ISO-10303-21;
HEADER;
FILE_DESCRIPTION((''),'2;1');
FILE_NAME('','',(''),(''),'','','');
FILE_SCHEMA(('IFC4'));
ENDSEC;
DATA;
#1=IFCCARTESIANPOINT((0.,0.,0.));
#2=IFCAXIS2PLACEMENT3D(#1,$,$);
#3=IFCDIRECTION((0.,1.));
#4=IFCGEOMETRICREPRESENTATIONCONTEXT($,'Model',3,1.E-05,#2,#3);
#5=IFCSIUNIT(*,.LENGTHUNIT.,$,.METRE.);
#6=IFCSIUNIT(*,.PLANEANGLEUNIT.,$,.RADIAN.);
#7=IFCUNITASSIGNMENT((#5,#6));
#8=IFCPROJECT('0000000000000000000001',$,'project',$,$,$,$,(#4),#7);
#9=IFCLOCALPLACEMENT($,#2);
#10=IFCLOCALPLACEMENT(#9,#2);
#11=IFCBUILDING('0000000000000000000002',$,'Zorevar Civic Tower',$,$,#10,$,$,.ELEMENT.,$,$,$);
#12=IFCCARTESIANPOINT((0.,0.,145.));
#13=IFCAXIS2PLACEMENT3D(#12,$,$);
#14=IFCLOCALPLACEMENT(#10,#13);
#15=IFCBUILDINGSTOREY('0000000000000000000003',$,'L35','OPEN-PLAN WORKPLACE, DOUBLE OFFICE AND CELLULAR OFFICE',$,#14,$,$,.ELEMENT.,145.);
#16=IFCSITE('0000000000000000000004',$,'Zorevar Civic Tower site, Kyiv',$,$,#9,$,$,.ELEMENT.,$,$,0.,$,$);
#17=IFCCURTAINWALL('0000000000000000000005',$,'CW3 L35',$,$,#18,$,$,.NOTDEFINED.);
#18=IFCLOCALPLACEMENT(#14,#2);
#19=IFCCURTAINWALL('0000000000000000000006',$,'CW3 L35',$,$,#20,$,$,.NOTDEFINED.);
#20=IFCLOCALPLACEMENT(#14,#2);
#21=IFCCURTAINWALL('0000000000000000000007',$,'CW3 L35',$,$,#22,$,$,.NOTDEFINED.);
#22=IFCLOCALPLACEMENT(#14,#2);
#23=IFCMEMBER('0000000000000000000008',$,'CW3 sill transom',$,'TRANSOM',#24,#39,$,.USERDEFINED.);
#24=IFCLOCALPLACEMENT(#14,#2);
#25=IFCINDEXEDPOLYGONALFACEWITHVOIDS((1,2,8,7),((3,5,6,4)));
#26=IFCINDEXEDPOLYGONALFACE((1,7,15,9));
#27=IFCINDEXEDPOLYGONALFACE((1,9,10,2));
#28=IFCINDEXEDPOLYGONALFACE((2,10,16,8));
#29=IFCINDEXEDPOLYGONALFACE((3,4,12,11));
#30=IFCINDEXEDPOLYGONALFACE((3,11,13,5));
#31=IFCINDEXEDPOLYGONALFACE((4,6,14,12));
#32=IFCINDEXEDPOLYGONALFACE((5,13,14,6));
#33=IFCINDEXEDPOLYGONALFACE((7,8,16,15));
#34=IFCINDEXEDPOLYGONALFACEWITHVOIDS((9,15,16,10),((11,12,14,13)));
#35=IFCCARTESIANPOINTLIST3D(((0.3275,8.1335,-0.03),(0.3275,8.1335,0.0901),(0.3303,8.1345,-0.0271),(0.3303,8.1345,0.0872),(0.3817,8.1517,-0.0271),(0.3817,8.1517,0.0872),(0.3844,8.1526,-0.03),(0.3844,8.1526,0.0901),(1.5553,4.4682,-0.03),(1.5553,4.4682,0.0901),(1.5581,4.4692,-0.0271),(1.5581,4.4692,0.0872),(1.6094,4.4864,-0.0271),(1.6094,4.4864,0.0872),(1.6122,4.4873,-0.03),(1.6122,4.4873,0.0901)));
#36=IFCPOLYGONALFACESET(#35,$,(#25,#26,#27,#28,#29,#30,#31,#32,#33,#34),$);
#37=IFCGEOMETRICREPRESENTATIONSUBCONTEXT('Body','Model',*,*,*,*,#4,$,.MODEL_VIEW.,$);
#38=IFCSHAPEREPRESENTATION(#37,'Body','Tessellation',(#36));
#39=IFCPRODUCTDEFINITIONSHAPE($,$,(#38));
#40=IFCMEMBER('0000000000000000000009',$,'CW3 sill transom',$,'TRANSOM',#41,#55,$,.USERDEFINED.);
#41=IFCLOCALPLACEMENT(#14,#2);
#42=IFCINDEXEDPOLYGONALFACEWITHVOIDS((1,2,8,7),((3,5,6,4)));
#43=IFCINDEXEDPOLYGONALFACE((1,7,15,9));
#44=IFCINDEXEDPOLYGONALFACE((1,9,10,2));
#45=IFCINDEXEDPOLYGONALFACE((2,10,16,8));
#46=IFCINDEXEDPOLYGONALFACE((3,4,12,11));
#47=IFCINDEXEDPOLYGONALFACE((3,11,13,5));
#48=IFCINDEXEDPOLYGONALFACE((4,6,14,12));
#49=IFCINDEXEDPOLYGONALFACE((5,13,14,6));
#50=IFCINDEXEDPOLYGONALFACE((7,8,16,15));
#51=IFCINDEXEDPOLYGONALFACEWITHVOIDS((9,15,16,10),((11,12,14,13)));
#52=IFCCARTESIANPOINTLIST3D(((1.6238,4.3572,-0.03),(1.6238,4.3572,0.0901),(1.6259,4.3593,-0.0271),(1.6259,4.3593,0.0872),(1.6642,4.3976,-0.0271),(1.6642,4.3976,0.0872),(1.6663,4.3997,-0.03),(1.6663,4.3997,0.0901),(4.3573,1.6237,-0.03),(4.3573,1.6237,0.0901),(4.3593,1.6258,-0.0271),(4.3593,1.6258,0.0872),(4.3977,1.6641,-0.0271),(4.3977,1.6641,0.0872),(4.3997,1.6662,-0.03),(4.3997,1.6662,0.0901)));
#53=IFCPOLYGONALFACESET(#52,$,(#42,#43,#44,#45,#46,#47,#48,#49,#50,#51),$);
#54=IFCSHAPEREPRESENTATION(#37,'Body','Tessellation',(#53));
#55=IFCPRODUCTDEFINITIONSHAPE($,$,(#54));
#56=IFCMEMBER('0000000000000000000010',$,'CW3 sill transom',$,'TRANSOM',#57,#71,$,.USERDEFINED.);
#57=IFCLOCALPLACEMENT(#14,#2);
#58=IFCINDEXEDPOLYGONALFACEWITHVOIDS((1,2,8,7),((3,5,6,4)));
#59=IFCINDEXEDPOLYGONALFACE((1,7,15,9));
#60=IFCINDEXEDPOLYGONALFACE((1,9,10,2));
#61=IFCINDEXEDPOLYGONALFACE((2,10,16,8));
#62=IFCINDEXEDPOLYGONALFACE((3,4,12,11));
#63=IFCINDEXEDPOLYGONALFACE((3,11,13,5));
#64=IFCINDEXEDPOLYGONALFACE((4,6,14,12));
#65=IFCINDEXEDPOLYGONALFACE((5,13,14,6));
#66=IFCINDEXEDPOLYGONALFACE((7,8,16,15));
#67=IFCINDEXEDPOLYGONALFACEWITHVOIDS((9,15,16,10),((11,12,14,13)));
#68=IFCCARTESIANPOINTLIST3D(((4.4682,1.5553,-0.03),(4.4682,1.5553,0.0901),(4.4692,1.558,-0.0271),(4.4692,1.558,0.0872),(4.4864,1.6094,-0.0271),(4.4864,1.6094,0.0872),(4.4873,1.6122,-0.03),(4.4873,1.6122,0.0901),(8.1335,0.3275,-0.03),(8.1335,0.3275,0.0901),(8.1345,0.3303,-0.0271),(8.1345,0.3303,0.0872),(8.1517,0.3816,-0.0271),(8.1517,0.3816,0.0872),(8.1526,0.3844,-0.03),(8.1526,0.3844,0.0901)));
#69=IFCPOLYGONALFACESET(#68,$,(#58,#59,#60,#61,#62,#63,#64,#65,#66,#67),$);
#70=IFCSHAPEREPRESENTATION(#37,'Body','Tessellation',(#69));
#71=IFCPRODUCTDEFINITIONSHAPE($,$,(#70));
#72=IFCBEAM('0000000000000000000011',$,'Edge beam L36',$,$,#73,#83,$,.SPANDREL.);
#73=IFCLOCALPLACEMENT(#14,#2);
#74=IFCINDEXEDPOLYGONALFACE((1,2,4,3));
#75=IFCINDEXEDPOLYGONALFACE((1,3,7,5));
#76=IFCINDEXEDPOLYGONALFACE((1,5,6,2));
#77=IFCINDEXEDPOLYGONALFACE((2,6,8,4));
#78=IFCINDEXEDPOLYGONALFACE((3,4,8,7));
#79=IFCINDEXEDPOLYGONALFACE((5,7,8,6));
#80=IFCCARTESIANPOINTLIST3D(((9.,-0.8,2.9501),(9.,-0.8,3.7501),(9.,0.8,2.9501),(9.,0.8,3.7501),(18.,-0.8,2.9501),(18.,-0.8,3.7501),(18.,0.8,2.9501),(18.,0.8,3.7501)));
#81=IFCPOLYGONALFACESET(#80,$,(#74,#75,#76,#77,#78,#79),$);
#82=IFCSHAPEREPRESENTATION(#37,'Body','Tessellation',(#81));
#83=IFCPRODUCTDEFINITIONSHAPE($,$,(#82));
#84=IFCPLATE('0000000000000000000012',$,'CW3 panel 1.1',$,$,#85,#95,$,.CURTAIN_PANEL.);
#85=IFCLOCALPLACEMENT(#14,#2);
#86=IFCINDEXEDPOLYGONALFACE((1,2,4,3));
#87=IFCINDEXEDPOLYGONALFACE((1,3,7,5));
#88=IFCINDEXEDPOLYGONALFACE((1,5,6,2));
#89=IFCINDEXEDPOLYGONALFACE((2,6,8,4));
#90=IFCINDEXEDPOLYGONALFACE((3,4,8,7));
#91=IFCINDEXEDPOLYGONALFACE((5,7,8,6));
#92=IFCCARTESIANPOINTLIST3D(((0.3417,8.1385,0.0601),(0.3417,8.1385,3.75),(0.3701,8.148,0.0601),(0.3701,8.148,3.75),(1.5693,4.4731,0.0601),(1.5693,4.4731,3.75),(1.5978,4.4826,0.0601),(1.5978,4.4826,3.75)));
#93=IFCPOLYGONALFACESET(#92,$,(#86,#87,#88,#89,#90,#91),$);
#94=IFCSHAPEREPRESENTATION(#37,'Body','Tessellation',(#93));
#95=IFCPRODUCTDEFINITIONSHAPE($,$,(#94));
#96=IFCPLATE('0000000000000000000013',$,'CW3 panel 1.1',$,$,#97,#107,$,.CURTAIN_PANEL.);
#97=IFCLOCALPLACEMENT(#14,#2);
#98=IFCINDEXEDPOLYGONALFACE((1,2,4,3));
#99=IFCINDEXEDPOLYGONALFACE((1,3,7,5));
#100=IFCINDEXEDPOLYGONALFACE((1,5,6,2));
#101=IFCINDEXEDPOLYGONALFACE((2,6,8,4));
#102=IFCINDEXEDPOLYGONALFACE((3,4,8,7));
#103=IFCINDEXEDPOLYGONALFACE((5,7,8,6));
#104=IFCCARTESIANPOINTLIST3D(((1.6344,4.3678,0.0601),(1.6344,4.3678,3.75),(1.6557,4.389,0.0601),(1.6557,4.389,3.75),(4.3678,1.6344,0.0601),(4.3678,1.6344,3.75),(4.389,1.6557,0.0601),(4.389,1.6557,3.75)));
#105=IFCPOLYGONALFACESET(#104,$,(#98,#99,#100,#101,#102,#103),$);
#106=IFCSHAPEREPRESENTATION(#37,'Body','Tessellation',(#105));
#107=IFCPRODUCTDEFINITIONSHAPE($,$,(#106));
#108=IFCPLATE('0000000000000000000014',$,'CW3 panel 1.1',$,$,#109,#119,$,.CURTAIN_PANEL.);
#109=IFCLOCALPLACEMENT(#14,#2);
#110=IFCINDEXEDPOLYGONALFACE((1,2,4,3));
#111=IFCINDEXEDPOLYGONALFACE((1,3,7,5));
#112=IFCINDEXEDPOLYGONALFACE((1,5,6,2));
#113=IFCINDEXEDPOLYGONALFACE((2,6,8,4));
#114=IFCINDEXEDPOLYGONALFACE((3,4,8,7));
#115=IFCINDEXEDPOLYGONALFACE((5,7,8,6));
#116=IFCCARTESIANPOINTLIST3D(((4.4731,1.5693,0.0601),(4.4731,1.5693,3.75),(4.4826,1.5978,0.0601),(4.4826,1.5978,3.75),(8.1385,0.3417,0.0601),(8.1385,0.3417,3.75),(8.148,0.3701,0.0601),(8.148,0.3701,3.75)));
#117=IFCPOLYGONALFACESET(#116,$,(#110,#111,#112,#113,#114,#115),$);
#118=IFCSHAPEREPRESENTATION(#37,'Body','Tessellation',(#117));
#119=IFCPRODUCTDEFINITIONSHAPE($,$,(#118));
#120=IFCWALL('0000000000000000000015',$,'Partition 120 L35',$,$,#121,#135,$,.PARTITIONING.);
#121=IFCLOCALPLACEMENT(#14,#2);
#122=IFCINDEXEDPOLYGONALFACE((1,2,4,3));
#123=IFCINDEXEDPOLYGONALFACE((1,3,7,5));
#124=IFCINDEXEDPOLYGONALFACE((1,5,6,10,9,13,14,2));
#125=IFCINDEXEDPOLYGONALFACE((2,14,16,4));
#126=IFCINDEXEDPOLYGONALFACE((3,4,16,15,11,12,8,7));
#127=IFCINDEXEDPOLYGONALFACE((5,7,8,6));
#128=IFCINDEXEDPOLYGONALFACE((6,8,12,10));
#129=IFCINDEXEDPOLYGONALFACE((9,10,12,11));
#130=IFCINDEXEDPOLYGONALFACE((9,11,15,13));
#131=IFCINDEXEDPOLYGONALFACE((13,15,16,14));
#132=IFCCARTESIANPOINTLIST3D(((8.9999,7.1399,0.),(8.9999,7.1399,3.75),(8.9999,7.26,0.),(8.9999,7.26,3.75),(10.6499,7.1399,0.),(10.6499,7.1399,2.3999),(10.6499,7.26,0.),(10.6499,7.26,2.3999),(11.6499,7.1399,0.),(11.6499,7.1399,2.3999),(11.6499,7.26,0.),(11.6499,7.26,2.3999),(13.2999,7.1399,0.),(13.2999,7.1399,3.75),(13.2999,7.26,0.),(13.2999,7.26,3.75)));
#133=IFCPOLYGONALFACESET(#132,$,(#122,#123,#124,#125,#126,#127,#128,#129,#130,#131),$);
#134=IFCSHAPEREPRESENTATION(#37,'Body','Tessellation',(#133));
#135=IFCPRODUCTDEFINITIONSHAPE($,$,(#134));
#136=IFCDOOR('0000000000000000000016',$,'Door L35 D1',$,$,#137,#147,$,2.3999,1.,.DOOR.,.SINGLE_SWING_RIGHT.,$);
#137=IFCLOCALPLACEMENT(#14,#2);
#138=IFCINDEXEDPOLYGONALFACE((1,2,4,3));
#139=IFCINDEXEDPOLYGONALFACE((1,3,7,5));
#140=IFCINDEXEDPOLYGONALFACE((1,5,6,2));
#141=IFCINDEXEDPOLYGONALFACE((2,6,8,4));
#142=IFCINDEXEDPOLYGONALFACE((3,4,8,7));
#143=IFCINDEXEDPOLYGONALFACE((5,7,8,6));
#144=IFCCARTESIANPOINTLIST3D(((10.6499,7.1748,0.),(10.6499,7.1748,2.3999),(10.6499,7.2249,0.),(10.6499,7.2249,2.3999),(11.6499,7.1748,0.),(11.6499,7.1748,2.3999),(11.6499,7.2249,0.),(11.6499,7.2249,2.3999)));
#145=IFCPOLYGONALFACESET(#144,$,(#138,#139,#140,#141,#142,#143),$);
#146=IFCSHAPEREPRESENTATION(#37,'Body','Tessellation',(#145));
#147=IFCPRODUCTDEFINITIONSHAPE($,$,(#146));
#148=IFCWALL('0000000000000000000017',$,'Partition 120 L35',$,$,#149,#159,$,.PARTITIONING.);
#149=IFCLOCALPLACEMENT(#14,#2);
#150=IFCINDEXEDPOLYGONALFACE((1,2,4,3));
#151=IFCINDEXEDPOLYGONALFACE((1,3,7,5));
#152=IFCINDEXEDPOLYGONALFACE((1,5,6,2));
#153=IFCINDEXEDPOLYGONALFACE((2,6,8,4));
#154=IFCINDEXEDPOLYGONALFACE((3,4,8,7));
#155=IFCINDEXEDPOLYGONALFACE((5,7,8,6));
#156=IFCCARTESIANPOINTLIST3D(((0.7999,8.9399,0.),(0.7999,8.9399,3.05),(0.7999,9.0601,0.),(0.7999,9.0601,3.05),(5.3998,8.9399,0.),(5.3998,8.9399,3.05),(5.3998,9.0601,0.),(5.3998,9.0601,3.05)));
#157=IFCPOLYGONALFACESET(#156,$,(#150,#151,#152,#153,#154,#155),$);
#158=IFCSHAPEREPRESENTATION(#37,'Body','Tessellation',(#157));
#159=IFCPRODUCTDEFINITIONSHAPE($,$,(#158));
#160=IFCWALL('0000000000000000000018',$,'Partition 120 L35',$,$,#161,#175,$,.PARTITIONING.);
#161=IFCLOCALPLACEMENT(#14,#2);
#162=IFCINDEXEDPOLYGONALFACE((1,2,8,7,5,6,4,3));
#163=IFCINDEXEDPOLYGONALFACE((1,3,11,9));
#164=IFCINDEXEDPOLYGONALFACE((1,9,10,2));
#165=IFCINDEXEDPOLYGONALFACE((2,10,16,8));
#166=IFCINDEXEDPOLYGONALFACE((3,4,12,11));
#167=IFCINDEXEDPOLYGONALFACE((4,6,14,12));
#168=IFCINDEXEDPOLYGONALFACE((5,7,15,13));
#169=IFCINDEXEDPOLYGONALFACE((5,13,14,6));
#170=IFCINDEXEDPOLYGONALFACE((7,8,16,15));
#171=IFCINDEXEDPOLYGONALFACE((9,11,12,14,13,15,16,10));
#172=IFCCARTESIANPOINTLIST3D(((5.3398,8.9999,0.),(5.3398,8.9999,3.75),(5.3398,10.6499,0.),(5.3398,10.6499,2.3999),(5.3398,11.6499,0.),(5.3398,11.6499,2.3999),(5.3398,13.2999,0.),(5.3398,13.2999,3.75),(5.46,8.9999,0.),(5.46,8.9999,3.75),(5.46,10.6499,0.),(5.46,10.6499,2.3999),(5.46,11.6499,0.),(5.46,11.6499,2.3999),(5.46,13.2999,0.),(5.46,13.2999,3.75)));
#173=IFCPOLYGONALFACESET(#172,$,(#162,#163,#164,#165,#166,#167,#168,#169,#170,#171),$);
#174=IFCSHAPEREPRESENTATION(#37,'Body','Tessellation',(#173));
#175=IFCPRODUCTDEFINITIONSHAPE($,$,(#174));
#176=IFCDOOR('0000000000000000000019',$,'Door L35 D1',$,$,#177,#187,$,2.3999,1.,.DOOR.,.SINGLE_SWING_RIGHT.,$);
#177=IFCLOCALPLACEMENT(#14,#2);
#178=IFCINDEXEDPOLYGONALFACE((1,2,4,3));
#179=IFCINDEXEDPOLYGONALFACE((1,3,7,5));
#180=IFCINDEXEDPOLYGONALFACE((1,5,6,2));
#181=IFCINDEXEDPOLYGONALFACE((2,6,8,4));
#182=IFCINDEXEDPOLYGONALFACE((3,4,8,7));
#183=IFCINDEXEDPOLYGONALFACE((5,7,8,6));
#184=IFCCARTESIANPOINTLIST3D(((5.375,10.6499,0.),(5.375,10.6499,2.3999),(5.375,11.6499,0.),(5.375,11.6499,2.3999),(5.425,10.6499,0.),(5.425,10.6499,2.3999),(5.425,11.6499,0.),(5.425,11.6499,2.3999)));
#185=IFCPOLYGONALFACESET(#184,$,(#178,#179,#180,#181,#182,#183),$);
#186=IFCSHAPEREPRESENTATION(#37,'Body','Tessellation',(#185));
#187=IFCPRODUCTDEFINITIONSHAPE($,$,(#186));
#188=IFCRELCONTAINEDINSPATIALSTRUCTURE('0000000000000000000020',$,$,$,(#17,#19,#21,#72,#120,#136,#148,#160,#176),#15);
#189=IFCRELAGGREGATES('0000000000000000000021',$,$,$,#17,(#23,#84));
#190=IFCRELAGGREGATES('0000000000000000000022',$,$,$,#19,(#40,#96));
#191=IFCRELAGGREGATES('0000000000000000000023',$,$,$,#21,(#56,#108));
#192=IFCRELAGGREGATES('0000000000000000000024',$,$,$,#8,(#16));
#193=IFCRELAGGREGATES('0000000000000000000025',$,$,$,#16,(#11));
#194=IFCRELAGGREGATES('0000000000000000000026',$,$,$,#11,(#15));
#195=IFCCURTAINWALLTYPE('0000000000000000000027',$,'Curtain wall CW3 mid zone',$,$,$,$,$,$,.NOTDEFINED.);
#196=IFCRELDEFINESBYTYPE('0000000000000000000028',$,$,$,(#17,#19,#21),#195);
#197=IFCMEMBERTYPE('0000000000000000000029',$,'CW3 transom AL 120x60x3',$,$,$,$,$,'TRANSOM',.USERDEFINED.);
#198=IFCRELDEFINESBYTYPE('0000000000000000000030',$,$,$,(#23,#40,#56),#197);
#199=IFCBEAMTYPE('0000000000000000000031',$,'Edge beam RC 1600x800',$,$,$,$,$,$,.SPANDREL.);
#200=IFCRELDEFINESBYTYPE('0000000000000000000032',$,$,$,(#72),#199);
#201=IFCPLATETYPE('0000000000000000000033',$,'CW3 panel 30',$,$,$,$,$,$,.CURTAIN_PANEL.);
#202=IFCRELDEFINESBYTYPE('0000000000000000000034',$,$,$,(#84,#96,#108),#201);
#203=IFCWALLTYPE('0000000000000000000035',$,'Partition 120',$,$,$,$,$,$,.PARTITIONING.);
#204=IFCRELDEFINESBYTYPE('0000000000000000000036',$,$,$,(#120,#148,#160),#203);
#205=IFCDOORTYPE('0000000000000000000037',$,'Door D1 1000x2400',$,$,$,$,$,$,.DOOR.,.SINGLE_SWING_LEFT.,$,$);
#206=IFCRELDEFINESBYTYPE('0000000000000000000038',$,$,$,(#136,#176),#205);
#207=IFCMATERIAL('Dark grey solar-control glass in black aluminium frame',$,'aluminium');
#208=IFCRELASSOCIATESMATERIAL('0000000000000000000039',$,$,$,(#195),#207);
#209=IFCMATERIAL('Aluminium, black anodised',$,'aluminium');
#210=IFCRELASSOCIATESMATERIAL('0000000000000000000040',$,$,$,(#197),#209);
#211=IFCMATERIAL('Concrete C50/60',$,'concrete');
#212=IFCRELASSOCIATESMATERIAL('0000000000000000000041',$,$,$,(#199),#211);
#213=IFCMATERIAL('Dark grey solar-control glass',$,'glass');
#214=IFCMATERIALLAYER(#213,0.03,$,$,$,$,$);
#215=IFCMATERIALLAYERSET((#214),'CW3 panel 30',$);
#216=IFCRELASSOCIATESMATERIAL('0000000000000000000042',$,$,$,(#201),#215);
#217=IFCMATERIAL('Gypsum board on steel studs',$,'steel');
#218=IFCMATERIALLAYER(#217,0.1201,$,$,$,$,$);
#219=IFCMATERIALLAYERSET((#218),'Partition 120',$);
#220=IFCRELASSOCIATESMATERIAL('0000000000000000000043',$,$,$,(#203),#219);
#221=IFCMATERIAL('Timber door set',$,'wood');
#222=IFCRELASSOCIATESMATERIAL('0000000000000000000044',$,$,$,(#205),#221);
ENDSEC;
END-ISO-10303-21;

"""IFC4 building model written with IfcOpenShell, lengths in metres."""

from ifc_helpers import new_model, si_unit, direction, frame, frame_2d, origin, origin_2d, place, context, subcontext, project, spatial, rectangle, hollow_rectangle, extrude, material, layer, layer_set, material_profile, profile_set, type_object, element, fill, aggregate, save


model = new_model("IFC4")

# Units and contexts
model_context = context("Model", 3, precision=1e-05, world=origin(), true_north=direction((0.0, 1.0)))
body_context = subcontext(model_context, "Body", "Model", "MODEL_VIEW")
ifc_project = project(units=[si_unit("LENGTHUNIT", "METRE"), si_unit("PLANEANGLEUNIT", "RADIAN")], contexts=[model_context])

# Site, building, storey
site_placement = place(None, origin())
site = spatial("IfcSite", under=ifc_project, at=site_placement, Name="Zorevar Civic Tower site, Kyiv", CompositionType="ELEMENT", RefElevation=0.0)
building_placement = place(site_placement, origin())
building = spatial("IfcBuilding", under=site, at=building_placement, Name="Zorevar Civic Tower", CompositionType="ELEMENT")
storey_placement = place(building_placement, frame((0.0, 0.0, 145.0)))
storey = spatial("IfcBuildingStorey", under=building, at=storey_placement, Name="L35", Description="OPEN-PLAN WORKPLACE, DOUBLE OFFICE AND CELLULAR OFFICE", CompositionType="ELEMENT", Elevation=145.0)

# Curtain wall
ifc_material_1 = material(Name="Dark grey solar-control glass in black aluminium frame", Category="aluminium")
curtain_wall_type = type_object("IfcCurtainWallType", Name="Curtain wall CW3 mid zone", PredefinedType="NOTDEFINED", material=ifc_material_1)
curtain_wall_1_placement = place(storey_placement, origin())
curtain_wall_1 = element("IfcCurtainWall", 1, at=curtain_wall_1_placement, inside=storey, type_object=curtain_wall_type, Name="CW3 L35", PredefinedType="NOTDEFINED")

# Curtain walls
curtain_wall_2_placement = place(storey_placement, origin())
curtain_wall_2 = element("IfcCurtainWall", 2, at=curtain_wall_2_placement, inside=storey, type_object=curtain_wall_type, Name="CW3 L35", PredefinedType="NOTDEFINED")
curtain_wall_3_placement = place(storey_placement, origin())
curtain_wall_3 = element("IfcCurtainWall", 3, at=curtain_wall_3_placement, inside=storey, type_object=curtain_wall_type, Name="CW3 L35", PredefinedType="NOTDEFINED")

# Members
ifc_material_2 = material(Name="Aluminium, black anodised", Category="aluminium")
ifc_material_profile_1 = material_profile(ifc_material_2, hollow_rectangle(XDim=0.0601, YDim=0.1201, WallThickness=0.0029, at=origin_2d()), Name="AL 120x60x3")
ifc_profile_set_1 = profile_set([ifc_material_profile_1], Name="Aluminium, black anodised")
member_type_1 = type_object("IfcMemberType", Name="CW3 transom AL 120x60x3", ElementType="TRANSOM", PredefinedType="USERDEFINED", material=ifc_profile_set_1)
member_1_placement = place(storey_placement, frame((0.356, 8.1431, 0.03), z_axis=(0.31763, -0.948215, 0.0), x_axis=(0.948215, 0.31763, 0.0)))
member_1 = element("IfcMember", 4, at=member_1_placement, type_object=member_type_1, Name="CW3 sill transom", ObjectType="TRANSOM", PredefinedType="USERDEFINED", context=body_context, shape_type="SweptSolid", body=[
    extrude(hollow_rectangle(XDim=0.0601, YDim=0.1201, WallThickness=0.0029, at=origin_2d()), origin(), (0.0, 0.0, 1.0), 3.8655),
])
member_2_placement = place(storey_placement, frame((1.645, 4.3784, 0.03), z_axis=(0.707107, -0.707107, 0.0), x_axis=(0.707107, 0.707107, 0.0)))
member_2 = element("IfcMember", 5, at=member_2_placement, type_object=member_type_1, Name="CW3 sill transom", ObjectType="TRANSOM", PredefinedType="USERDEFINED", context=body_context, shape_type="SweptSolid", body=[
    extrude(hollow_rectangle(XDim=0.0601, YDim=0.1201, WallThickness=0.0029, at=origin_2d()), origin(), (0.0, 0.0, 1.0), 3.8657),
])
member_3_placement = place(storey_placement, frame((4.4778, 1.5837, 0.03), z_axis=(0.948215, -0.31763, 0.0), x_axis=(0.31763, 0.948215, 0.0)))
member_3 = element("IfcMember", 6, at=member_3_placement, type_object=member_type_1, Name="CW3 sill transom", ObjectType="TRANSOM", PredefinedType="USERDEFINED", context=body_context, shape_type="SweptSolid", body=[
    extrude(hollow_rectangle(XDim=0.0601, YDim=0.1201, WallThickness=0.0029, at=origin_2d()), origin(), (0.0, 0.0, 1.0), 3.8655),
])

# Beam
ifc_material_3 = material(Name="Concrete C50/60", Category="concrete")
ifc_material_profile_2 = material_profile(ifc_material_3, rectangle(XDim=1.6001, YDim=0.8, at=origin_2d()), Name="RC 1600x800")
ifc_profile_set_2 = profile_set([ifc_material_profile_2], Name="Concrete C50/60")
beam_type_1 = type_object("IfcBeamType", Name="Edge beam RC 1600x800", PredefinedType="SPANDREL", material=ifc_profile_set_2)
beam_1_placement = place(storey_placement, frame((9.0, 0.0, 3.3501), z_axis=(1.0, 0.0, 0.0), x_axis=(0.0, 1.0, 0.0)))
element("IfcBeam", 7, at=beam_1_placement, inside=storey, type_object=beam_type_1, Name="Edge beam L36", PredefinedType="SPANDREL", context=body_context, shape_type="SweptSolid", body=[
    extrude(rectangle(XDim=1.6001, YDim=0.8, at=origin_2d()), origin(), (0.0, 0.0, 1.0), 9.0),
])

# Plates
ifc_material_4 = material(Name="Dark grey solar-control glass", Category="glass")
ifc_layer_1 = layer(ifc_material_4, 0.03)
ifc_layer_set_1 = layer_set([ifc_layer_1], Name="CW3 panel 30")
plate_type = type_object("IfcPlateType", Name="CW3 panel 30", PredefinedType="CURTAIN_PANEL", material=ifc_layer_set_1)
plate_1_placement = place(storey_placement, frame((0.9697, 6.3105, 0.0601), z_axis=(0.0, 0.0, 1.0), x_axis=(0.317593, -0.948227, 0.0)))
plate_1 = element("IfcPlate", 8, at=plate_1_placement, type_object=plate_type, Name="CW3 panel 1.1", PredefinedType="CURTAIN_PANEL", context=body_context, shape_type="SweptSolid", body=[
    extrude(rectangle(XDim=3.8655, YDim=0.03, at=origin_2d()), origin(), (0.0, 0.0, 1.0), 3.6899),
])
aggregate(curtain_wall_1, [member_1, plate_1])
plate_2_placement = place(storey_placement, frame((3.0117, 3.0117, 0.0601), z_axis=(0.0, 0.0, 1.0), x_axis=(0.707107, -0.707107, 0.0)))
plate_2 = element("IfcPlate", 9, at=plate_2_placement, type_object=plate_type, Name="CW3 panel 1.1", PredefinedType="CURTAIN_PANEL", context=body_context, shape_type="SweptSolid", body=[
    extrude(rectangle(XDim=3.8655, YDim=0.03, at=origin_2d()), origin(), (0.0, 0.0, 1.0), 3.6899),
])
aggregate(curtain_wall_2, [member_2, plate_2])
plate_3_placement = place(storey_placement, frame((6.3105, 0.9697, 0.0601), z_axis=(0.0, 0.0, 1.0), x_axis=(0.948227, -0.317593, 0.0)))
plate_3 = element("IfcPlate", 10, at=plate_3_placement, type_object=plate_type, Name="CW3 panel 1.1", PredefinedType="CURTAIN_PANEL", context=body_context, shape_type="SweptSolid", body=[
    extrude(rectangle(XDim=3.8655, YDim=0.03, at=origin_2d()), origin(), (0.0, 0.0, 1.0), 3.6899),
])
aggregate(curtain_wall_3, [member_3, plate_3])

# Wall, opening, door
ifc_material_5 = material(Name="Gypsum board on steel studs", Category="steel")
ifc_layer_2 = layer(ifc_material_5, 0.1201)
ifc_layer_set_2 = layer_set([ifc_layer_2], Name="Partition 120")
wall_type = type_object("IfcWallType", Name="Partition 120", PredefinedType="PARTITIONING", material=ifc_layer_set_2)
wall_1_placement = place(storey_placement, frame((9.0, 7.2, 0.0), z_axis=(0.0, 0.0, 1.0), x_axis=(1.0, 0.0, 0.0)))
wall_1 = element("IfcWall", 11, at=wall_1_placement, inside=storey, type_object=wall_type, Name="Partition 120 L35", PredefinedType="PARTITIONING", context=body_context, shape_type="SweptSolid", body=[
    extrude(rectangle(XDim=4.3, YDim=0.1201, at=frame_2d((2.1499, 0.0))), origin(), (0.0, 0.0, 1.0), 3.75),
])
opening_1_placement = place(wall_1_placement, frame((1.6499, 0.0, 0.0)))
opening_1 = element("IfcOpeningElement", 12, at=opening_1_placement, cuts=wall_1, PredefinedType="OPENING", context=body_context, shape_type="SweptSolid", body=[
    extrude(rectangle(XDim=1.0, YDim=2.3999, at=frame_2d((0.5, 1.2))), frame((0.0, 0.0701, 0.0), z_axis=(0.0, -1.0, 0.0), x_axis=(1.0, 0.0, 0.0)), (0.0, 0.0, 1.0), 0.1401),
])
ifc_material_6 = material(Name="Timber door set", Category="wood")
door_type = type_object("IfcDoorType", Name="Door D1 1000x2400", OperationType="SINGLE_SWING_LEFT", PredefinedType="DOOR", material=ifc_material_6)
door_1_placement = place(opening_1_placement, origin())
door_1 = element("IfcDoor", 13, at=door_1_placement, inside=storey, type_object=door_type, Name="Door L35 D1", OperationType="SINGLE_SWING_RIGHT", OverallHeight=2.3999, OverallWidth=1.0, PredefinedType="DOOR", context=body_context, shape_type="SweptSolid", body=[
    extrude(rectangle(XDim=1.0, YDim=2.3999, at=frame_2d((0.5, 1.2))), frame((0.0, 0.0249, 0.0), z_axis=(0.0, -1.0, 0.0), x_axis=(1.0, 0.0, 0.0)), (0.0, 0.0, 1.0), 0.05),
])
fill(opening_1, door_1)

# Wall
wall_2_placement = place(storey_placement, frame((0.8, 9.0, 0.0), z_axis=(0.0, 0.0, 1.0), x_axis=(1.0, 0.0, 0.0)))
element("IfcWall", 14, at=wall_2_placement, inside=storey, type_object=wall_type, Name="Partition 120 L35", PredefinedType="PARTITIONING", context=body_context, shape_type="SweptSolid", body=[
    extrude(rectangle(XDim=4.5999, YDim=0.1201, at=frame_2d((2.2998, 0.0))), origin(), (0.0, 0.0, 1.0), 3.05),
])

# Wall, opening, door
wall_3_placement = place(storey_placement, frame((5.3999, 9.0, 0.0), z_axis=(0.0, 0.0, 1.0), x_axis=(0.0, 1.0, 0.0)))
wall_3 = element("IfcWall", 15, at=wall_3_placement, inside=storey, type_object=wall_type, Name="Partition 120 L35", PredefinedType="PARTITIONING", context=body_context, shape_type="SweptSolid", body=[
    extrude(rectangle(XDim=4.3, YDim=0.1201, at=frame_2d((2.1499, 0.0))), origin(), (0.0, 0.0, 1.0), 3.75),
])
opening_2_placement = place(wall_3_placement, frame((1.6499, 0.0, 0.0)))
opening_2 = element("IfcOpeningElement", 16, at=opening_2_placement, cuts=wall_3, PredefinedType="OPENING", context=body_context, shape_type="SweptSolid", body=[
    extrude(rectangle(XDim=1.0, YDim=2.3999, at=frame_2d((0.5, 1.2))), frame((0.0, 0.0701, 0.0), z_axis=(0.0, -1.0, 0.0), x_axis=(1.0, 0.0, 0.0)), (0.0, 0.0, 1.0), 0.1401),
])
door_2_placement = place(opening_2_placement, origin())
door_2 = element("IfcDoor", 17, at=door_2_placement, inside=storey, type_object=door_type, Name="Door L35 D1", OperationType="SINGLE_SWING_RIGHT", OverallHeight=2.3999, OverallWidth=1.0, PredefinedType="DOOR", context=body_context, shape_type="SweptSolid", body=[
    extrude(rectangle(XDim=1.0, YDim=2.3999, at=frame_2d((0.5, 1.2))), frame((0.0, 0.0249, 0.0), z_axis=(0.0, -1.0, 0.0), x_axis=(1.0, 0.0, 0.0)), (0.0, 0.0, 1.0), 0.05),
])
fill(opening_2, door_2)

save(model, "model.ifc")
